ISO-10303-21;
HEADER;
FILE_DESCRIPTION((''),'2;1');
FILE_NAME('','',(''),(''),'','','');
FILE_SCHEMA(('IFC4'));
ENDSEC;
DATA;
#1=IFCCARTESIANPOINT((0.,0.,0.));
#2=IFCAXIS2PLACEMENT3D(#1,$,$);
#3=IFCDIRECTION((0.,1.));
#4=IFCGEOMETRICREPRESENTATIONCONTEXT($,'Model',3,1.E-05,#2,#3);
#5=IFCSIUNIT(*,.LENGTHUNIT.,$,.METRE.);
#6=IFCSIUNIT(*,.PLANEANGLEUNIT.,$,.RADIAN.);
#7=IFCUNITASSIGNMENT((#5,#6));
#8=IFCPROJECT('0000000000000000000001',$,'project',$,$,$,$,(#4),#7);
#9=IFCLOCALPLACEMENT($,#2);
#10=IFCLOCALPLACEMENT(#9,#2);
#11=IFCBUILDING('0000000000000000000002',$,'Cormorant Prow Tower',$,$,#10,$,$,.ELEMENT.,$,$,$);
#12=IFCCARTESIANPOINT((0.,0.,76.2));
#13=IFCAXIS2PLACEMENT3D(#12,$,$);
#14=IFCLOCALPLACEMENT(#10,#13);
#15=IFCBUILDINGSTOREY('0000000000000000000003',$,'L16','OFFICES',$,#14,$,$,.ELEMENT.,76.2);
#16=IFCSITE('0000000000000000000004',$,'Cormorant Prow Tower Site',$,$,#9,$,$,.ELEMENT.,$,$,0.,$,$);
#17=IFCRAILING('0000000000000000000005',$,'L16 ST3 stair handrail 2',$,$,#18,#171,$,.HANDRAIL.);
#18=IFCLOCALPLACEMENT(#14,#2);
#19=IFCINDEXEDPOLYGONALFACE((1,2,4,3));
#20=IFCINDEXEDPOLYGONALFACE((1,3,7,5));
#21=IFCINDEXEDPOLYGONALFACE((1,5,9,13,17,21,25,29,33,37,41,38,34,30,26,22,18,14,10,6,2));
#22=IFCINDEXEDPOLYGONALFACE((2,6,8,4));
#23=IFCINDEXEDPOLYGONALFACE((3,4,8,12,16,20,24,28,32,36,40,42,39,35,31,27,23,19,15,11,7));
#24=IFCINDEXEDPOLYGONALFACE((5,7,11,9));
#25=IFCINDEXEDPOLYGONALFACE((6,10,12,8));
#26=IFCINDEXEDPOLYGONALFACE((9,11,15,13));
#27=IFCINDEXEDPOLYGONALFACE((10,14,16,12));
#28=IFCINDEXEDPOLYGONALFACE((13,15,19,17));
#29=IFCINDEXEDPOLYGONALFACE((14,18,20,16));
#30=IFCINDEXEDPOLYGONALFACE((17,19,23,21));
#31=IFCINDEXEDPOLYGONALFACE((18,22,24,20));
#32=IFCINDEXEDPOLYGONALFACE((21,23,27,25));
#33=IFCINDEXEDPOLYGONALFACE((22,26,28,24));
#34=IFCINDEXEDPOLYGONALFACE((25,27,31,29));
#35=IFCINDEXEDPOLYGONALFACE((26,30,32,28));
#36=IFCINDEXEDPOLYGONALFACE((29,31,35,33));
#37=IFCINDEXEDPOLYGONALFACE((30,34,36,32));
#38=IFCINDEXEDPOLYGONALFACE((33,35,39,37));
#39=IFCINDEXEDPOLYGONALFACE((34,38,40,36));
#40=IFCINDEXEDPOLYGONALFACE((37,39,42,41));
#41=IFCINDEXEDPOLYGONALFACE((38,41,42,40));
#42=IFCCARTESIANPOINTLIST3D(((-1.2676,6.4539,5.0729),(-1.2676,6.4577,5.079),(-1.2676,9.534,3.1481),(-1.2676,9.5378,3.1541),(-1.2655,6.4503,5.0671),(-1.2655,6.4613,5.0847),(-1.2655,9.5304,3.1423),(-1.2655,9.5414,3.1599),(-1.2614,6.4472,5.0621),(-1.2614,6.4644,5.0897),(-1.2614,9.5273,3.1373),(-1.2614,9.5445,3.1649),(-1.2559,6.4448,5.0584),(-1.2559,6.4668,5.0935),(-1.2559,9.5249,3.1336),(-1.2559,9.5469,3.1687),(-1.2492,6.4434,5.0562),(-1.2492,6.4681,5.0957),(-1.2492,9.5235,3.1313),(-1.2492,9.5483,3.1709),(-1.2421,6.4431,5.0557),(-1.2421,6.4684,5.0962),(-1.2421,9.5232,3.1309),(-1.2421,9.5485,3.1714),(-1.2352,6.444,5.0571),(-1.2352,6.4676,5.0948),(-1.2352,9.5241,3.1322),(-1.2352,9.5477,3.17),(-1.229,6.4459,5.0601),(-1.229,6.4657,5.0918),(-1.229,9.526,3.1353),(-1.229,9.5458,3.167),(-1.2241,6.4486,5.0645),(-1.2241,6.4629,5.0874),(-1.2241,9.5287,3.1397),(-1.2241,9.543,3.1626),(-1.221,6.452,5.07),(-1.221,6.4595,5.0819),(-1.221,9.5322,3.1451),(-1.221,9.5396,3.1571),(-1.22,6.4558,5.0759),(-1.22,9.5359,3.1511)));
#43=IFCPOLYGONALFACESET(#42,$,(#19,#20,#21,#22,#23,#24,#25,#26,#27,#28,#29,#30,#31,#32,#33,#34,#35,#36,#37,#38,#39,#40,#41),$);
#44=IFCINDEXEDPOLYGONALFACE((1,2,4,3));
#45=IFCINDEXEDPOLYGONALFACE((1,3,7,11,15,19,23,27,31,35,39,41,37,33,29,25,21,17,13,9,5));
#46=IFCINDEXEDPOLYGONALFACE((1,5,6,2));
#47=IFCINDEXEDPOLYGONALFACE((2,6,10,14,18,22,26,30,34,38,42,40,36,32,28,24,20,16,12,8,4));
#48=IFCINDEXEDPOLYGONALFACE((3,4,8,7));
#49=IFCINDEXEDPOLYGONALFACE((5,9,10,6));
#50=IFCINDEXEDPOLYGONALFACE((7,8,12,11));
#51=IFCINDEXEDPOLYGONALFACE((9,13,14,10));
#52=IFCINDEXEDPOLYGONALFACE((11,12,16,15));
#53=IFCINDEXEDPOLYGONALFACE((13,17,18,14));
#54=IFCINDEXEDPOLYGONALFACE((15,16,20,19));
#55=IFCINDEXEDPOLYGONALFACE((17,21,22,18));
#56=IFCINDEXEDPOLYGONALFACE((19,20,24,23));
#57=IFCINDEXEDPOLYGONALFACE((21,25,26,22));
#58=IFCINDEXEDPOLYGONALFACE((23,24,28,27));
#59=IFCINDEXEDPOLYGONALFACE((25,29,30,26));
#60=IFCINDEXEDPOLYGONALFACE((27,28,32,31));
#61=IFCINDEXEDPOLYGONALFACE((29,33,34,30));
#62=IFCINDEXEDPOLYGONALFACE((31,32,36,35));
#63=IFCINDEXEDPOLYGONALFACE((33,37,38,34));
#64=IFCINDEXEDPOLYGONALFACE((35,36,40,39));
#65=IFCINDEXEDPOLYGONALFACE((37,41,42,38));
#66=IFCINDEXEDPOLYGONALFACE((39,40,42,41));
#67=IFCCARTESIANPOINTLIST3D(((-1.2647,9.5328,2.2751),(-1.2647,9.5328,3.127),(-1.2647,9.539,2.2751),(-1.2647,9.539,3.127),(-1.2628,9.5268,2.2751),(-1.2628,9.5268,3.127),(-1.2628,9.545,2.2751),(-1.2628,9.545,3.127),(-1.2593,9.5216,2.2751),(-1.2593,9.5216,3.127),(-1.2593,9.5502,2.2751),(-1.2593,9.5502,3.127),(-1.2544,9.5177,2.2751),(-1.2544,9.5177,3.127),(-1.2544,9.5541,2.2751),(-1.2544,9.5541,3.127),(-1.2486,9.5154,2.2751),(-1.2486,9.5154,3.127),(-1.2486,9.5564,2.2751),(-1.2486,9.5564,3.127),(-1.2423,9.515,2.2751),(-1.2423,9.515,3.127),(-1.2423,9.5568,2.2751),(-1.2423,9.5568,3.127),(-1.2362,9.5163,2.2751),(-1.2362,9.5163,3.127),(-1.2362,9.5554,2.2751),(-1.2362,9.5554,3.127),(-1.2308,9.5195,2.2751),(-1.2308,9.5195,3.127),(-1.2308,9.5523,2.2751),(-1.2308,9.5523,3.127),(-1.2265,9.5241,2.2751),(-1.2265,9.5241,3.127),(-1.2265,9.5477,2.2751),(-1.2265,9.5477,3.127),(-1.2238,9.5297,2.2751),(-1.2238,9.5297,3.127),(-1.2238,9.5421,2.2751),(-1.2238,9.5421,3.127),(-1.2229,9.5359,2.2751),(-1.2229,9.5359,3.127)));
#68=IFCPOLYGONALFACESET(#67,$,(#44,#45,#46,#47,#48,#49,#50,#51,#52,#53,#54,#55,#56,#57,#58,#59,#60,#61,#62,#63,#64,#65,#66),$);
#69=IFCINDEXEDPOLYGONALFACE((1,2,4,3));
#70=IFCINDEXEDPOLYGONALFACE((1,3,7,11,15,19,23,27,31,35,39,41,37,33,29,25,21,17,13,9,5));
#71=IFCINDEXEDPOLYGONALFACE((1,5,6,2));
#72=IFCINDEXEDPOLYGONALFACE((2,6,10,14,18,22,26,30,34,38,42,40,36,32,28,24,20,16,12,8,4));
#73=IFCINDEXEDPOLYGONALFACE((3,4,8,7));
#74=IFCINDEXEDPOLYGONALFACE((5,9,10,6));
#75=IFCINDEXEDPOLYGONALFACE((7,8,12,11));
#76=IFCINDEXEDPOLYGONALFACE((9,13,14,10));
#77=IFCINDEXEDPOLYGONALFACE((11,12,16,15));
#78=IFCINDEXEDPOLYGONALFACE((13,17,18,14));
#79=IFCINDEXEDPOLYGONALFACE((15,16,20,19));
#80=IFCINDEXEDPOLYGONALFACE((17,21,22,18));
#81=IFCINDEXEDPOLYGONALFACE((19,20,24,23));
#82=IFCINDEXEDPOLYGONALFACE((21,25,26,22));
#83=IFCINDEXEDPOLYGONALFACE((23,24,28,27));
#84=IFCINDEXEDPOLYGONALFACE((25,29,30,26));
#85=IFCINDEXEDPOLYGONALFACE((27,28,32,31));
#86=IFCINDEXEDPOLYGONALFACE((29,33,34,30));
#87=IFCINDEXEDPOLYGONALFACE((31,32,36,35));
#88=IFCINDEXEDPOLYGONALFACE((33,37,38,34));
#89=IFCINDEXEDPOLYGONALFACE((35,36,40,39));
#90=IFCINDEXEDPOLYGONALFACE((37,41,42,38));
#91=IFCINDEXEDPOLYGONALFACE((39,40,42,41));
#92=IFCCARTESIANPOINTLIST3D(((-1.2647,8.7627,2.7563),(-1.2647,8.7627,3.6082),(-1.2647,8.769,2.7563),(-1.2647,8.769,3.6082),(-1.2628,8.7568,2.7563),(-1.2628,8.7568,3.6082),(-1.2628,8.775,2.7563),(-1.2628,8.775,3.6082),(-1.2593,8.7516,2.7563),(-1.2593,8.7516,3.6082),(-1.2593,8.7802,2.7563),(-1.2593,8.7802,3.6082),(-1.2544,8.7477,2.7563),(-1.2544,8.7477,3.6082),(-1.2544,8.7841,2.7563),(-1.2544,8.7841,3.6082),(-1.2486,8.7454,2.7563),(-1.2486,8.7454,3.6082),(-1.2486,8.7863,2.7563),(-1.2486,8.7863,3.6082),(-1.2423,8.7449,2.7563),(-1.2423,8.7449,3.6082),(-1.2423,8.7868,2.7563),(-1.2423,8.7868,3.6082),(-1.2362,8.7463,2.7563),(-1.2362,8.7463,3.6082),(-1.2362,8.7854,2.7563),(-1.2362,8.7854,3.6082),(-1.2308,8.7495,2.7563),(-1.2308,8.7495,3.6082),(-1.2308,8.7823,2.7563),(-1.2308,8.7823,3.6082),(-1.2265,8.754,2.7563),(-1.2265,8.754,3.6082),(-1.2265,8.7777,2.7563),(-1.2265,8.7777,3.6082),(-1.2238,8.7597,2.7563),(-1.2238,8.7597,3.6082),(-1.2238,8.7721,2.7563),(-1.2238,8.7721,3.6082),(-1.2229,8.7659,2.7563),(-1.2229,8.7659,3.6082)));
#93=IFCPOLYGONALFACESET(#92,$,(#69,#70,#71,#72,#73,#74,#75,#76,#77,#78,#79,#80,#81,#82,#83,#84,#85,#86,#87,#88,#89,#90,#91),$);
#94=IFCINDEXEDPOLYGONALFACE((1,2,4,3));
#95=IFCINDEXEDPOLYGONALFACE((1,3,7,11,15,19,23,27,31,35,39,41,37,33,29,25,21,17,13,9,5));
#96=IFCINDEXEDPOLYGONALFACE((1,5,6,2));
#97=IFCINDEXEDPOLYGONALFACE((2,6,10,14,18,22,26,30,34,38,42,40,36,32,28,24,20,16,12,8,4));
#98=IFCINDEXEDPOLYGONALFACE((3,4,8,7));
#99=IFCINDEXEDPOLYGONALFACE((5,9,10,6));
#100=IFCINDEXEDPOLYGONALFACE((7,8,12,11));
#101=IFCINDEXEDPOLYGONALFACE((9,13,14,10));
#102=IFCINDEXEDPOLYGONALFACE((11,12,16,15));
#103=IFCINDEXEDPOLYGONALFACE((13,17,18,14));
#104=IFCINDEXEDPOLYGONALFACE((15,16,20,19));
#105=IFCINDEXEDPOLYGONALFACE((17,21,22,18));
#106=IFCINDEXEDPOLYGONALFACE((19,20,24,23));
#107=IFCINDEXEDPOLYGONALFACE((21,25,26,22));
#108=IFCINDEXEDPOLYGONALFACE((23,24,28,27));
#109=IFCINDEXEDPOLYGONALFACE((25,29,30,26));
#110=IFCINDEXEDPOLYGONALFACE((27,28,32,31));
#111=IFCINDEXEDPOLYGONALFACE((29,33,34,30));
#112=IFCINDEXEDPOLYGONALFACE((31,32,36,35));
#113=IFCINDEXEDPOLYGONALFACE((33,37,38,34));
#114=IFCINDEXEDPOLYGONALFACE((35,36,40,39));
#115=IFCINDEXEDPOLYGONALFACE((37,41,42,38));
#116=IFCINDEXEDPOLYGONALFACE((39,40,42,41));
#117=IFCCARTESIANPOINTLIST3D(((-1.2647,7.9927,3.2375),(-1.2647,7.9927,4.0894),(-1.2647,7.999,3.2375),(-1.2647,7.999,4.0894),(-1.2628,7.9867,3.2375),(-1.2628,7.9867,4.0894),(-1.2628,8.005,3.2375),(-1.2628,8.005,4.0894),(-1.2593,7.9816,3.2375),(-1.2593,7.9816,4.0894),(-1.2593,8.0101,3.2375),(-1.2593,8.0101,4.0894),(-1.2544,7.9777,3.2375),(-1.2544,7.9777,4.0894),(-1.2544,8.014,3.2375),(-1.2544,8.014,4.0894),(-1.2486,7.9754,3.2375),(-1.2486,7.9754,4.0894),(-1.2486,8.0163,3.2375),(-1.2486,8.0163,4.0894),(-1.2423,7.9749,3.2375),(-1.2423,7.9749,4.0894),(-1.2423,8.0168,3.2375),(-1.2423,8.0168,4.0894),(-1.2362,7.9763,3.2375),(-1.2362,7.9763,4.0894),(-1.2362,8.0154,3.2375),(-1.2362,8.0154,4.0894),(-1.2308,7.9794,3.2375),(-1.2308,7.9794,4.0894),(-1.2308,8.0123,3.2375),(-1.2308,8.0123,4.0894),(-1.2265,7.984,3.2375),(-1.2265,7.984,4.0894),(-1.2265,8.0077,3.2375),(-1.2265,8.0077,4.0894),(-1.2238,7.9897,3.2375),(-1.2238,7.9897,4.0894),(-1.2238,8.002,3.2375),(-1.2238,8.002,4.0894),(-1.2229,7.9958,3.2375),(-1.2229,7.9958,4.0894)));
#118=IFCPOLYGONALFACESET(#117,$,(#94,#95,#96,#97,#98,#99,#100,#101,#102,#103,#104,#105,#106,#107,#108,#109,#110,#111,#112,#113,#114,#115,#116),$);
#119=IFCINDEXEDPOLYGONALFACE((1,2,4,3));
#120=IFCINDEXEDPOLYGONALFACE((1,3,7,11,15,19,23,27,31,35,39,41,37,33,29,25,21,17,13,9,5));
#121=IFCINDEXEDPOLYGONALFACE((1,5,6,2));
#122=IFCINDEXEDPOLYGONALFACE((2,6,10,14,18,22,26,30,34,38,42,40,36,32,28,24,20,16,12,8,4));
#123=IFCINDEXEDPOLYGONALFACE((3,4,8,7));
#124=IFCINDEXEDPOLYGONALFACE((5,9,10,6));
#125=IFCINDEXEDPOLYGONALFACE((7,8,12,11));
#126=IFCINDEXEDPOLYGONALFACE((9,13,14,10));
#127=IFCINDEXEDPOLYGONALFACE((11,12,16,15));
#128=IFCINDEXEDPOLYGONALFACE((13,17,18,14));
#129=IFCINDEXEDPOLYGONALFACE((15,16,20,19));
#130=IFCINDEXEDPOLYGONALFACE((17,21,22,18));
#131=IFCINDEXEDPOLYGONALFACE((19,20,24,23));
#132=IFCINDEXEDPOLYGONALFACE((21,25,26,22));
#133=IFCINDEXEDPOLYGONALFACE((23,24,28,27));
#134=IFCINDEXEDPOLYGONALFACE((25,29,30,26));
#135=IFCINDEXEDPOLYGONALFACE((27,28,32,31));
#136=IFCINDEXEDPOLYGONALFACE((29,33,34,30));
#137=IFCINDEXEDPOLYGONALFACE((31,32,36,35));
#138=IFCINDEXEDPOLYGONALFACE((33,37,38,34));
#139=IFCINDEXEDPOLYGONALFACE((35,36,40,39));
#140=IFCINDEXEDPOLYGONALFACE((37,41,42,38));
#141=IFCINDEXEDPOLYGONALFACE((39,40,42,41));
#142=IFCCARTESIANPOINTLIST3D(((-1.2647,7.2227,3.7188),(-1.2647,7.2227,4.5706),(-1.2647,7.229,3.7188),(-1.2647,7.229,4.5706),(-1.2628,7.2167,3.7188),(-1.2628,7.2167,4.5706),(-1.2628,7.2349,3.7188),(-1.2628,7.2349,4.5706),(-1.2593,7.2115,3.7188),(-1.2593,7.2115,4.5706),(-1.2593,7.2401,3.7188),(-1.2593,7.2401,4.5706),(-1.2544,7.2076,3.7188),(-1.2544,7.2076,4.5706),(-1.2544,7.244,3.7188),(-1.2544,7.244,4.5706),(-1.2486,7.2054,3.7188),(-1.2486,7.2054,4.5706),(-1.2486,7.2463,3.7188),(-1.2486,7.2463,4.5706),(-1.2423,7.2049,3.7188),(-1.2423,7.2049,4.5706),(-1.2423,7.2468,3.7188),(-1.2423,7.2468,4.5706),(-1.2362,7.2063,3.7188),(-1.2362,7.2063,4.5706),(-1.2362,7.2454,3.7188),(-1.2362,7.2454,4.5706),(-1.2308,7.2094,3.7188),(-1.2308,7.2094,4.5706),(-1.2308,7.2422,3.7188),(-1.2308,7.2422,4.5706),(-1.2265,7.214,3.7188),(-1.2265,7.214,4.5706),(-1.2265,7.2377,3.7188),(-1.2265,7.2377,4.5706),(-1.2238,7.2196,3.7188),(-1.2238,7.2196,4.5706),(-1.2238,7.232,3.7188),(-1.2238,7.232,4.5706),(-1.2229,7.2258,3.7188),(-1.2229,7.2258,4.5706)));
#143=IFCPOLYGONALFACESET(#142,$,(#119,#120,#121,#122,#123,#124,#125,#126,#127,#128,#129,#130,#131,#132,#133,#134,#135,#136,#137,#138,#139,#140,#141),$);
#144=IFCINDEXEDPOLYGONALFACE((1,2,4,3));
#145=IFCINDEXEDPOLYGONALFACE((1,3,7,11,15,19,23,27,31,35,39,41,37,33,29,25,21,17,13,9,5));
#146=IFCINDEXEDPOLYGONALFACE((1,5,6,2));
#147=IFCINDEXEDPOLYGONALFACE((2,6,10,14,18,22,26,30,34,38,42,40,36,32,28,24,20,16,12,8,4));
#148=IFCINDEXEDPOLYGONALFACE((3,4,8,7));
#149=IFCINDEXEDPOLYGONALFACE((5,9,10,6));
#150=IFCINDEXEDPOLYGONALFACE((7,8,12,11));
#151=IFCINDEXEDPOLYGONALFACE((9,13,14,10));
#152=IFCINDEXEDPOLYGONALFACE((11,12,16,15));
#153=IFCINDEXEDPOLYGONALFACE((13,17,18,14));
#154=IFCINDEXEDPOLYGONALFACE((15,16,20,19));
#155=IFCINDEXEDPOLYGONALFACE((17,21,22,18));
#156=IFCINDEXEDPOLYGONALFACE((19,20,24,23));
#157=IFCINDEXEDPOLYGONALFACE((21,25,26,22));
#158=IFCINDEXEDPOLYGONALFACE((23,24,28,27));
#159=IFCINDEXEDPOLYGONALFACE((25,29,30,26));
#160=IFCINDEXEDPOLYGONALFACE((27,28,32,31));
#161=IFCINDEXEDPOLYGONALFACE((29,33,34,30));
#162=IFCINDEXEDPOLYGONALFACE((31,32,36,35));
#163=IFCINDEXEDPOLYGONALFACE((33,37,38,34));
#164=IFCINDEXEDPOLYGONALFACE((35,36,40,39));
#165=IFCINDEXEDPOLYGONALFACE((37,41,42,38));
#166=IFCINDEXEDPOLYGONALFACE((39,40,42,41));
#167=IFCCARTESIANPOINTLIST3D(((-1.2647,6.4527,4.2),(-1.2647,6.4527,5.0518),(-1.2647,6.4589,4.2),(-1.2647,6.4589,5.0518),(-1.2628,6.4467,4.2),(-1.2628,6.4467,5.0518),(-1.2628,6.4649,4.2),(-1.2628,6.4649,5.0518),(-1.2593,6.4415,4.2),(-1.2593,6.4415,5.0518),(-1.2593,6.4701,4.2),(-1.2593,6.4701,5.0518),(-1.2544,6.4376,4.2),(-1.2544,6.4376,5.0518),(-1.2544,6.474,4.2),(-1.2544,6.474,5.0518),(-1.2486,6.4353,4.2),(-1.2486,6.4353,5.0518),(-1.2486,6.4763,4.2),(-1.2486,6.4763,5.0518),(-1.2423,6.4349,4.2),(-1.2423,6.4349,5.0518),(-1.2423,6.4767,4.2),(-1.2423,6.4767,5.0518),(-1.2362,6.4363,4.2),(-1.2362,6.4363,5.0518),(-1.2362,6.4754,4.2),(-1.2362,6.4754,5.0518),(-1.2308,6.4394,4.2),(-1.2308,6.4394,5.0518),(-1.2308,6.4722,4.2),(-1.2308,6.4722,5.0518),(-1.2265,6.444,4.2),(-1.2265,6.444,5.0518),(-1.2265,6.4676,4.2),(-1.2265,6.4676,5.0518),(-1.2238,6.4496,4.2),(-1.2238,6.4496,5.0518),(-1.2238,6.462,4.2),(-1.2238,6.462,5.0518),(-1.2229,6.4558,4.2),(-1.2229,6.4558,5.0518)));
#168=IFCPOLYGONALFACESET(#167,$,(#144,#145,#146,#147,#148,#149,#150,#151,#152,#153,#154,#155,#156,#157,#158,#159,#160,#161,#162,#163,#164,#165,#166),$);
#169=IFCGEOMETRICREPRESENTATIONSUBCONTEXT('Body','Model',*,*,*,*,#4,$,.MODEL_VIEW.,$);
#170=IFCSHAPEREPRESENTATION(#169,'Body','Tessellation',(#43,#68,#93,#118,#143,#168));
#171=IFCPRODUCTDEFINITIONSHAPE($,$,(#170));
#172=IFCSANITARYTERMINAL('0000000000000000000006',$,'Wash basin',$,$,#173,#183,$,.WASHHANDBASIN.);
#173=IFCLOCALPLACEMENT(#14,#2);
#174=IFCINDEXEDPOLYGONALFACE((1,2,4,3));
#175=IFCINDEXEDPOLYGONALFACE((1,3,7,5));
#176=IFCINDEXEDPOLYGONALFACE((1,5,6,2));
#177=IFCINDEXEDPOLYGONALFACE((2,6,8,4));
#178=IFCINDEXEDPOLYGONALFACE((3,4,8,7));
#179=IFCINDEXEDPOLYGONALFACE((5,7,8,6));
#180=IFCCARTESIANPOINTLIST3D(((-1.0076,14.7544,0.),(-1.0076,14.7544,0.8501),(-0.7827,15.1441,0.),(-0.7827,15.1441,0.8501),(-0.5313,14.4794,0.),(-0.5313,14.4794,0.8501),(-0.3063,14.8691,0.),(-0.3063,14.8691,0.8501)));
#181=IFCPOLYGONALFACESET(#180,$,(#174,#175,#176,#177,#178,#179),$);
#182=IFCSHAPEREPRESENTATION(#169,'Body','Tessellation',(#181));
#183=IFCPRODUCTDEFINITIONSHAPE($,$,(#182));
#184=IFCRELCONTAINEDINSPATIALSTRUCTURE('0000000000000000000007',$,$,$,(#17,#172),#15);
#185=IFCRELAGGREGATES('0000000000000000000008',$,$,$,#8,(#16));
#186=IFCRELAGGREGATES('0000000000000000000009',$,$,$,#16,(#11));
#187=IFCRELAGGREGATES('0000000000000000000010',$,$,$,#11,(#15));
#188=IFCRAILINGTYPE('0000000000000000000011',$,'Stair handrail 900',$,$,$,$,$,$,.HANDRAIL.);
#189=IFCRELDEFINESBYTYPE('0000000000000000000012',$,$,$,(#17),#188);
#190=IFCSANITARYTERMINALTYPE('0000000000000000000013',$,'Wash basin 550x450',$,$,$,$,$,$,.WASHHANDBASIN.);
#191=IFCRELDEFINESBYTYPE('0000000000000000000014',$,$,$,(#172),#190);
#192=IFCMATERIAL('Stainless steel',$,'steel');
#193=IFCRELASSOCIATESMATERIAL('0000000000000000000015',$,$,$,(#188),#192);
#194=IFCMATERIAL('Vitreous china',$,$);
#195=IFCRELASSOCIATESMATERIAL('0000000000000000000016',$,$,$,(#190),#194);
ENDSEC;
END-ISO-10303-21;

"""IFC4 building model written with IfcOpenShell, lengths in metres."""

from ifc_helpers import new_model, si_unit, direction, frame, origin, origin_2d, place, context, subcontext, project, spatial, rectangle, circle, extrude, material, type_object, element, save


model = new_model("IFC4")

# Units and contexts
model_context = context("Model", 3, precision=1e-05, world=origin(), true_north=direction((0.0, 1.0)))
body_context = subcontext(model_context, "Body", "Model", "MODEL_VIEW")
ifc_project = project(units=[si_unit("LENGTHUNIT", "METRE"), si_unit("PLANEANGLEUNIT", "RADIAN")], contexts=[model_context])

# Site, building, storey
site_placement = place(None, origin())
site = spatial("IfcSite", under=ifc_project, at=site_placement, Name="Cormorant Prow Tower Site", CompositionType="ELEMENT", RefElevation=0.0)
building_placement = place(site_placement, origin())
building = spatial("IfcBuilding", under=site, at=building_placement, Name="Cormorant Prow Tower", CompositionType="ELEMENT")
storey_placement = place(building_placement, frame((0.0, 0.0, 76.2)))
storey = spatial("IfcBuildingStorey", under=building, at=storey_placement, Name="L16", Description="OFFICES", CompositionType="ELEMENT", Elevation=76.2)

# Railing
ifc_material_1 = material(Name="Stainless steel", Category="steel")
railing_type = type_object("IfcRailingType", Name="Stair handrail 900", PredefinedType="HANDRAIL", material=ifc_material_1)
railing_placement = place(storey_placement, frame((-1.2439, 9.5359, 2.2751)))
element("IfcRailing", 1, at=railing_placement, inside=storey, type_object=railing_type, Name="L16 ST3 stair handrail 2", PredefinedType="HANDRAIL", context=body_context, shape_type="SweptSolid", body=[
    extrude(circle(Radius=0.0239, at=origin_2d()), frame((0.0, 0.0, 0.876), z_axis=(0.0, -0.848029, 0.529951), x_axis=(1.0, 0.0, 0.0)), (0.0, 0.0, 1.0), 3.6321),
    extrude(circle(Radius=0.021, at=origin_2d()), origin(), (0.0, 0.0, 1.0), 0.8518),
    extrude(circle(Radius=0.021, at=origin_2d()), frame((0.0, -0.77, 0.4812)), (0.0, 0.0, 1.0), 0.8518),
    extrude(circle(Radius=0.021, at=origin_2d()), frame((0.0, -1.54, 0.9624)), (0.0, 0.0, 1.0), 0.8518),
    extrude(circle(Radius=0.021, at=origin_2d()), frame((0.0, -2.3101, 1.4436)), (0.0, 0.0, 1.0), 0.8518),
    extrude(circle(Radius=0.021, at=origin_2d()), frame((0.0, -3.0801, 1.9248)), (0.0, 0.0, 1.0), 0.8518),
])

# Sanitary terminal
ifc_material_2 = material(Name="Vitreous china")
sanitary_terminal_type = type_object("IfcSanitaryTerminalType", Name="Wash basin 550x450", PredefinedType="WASHHANDBASIN", material=ifc_material_2)
sanitary_terminal_placement = place(storey_placement, frame((-0.657, 14.8118, 0.0), z_axis=(0.0, 0.0, 1.0), x_axis=(0.866025, -0.5, 0.0)))
element("IfcSanitaryTerminal", 2, at=sanitary_terminal_placement, inside=storey, type_object=sanitary_terminal_type, Name="Wash basin", PredefinedType="WASHHANDBASIN", context=body_context, shape_type="SweptSolid", body=[
    extrude(rectangle(XDim=0.55, YDim=0.45, at=origin_2d()), origin(), (0.0, 0.0, 1.0), 0.8501),
])

save(model, "model.ifc")
